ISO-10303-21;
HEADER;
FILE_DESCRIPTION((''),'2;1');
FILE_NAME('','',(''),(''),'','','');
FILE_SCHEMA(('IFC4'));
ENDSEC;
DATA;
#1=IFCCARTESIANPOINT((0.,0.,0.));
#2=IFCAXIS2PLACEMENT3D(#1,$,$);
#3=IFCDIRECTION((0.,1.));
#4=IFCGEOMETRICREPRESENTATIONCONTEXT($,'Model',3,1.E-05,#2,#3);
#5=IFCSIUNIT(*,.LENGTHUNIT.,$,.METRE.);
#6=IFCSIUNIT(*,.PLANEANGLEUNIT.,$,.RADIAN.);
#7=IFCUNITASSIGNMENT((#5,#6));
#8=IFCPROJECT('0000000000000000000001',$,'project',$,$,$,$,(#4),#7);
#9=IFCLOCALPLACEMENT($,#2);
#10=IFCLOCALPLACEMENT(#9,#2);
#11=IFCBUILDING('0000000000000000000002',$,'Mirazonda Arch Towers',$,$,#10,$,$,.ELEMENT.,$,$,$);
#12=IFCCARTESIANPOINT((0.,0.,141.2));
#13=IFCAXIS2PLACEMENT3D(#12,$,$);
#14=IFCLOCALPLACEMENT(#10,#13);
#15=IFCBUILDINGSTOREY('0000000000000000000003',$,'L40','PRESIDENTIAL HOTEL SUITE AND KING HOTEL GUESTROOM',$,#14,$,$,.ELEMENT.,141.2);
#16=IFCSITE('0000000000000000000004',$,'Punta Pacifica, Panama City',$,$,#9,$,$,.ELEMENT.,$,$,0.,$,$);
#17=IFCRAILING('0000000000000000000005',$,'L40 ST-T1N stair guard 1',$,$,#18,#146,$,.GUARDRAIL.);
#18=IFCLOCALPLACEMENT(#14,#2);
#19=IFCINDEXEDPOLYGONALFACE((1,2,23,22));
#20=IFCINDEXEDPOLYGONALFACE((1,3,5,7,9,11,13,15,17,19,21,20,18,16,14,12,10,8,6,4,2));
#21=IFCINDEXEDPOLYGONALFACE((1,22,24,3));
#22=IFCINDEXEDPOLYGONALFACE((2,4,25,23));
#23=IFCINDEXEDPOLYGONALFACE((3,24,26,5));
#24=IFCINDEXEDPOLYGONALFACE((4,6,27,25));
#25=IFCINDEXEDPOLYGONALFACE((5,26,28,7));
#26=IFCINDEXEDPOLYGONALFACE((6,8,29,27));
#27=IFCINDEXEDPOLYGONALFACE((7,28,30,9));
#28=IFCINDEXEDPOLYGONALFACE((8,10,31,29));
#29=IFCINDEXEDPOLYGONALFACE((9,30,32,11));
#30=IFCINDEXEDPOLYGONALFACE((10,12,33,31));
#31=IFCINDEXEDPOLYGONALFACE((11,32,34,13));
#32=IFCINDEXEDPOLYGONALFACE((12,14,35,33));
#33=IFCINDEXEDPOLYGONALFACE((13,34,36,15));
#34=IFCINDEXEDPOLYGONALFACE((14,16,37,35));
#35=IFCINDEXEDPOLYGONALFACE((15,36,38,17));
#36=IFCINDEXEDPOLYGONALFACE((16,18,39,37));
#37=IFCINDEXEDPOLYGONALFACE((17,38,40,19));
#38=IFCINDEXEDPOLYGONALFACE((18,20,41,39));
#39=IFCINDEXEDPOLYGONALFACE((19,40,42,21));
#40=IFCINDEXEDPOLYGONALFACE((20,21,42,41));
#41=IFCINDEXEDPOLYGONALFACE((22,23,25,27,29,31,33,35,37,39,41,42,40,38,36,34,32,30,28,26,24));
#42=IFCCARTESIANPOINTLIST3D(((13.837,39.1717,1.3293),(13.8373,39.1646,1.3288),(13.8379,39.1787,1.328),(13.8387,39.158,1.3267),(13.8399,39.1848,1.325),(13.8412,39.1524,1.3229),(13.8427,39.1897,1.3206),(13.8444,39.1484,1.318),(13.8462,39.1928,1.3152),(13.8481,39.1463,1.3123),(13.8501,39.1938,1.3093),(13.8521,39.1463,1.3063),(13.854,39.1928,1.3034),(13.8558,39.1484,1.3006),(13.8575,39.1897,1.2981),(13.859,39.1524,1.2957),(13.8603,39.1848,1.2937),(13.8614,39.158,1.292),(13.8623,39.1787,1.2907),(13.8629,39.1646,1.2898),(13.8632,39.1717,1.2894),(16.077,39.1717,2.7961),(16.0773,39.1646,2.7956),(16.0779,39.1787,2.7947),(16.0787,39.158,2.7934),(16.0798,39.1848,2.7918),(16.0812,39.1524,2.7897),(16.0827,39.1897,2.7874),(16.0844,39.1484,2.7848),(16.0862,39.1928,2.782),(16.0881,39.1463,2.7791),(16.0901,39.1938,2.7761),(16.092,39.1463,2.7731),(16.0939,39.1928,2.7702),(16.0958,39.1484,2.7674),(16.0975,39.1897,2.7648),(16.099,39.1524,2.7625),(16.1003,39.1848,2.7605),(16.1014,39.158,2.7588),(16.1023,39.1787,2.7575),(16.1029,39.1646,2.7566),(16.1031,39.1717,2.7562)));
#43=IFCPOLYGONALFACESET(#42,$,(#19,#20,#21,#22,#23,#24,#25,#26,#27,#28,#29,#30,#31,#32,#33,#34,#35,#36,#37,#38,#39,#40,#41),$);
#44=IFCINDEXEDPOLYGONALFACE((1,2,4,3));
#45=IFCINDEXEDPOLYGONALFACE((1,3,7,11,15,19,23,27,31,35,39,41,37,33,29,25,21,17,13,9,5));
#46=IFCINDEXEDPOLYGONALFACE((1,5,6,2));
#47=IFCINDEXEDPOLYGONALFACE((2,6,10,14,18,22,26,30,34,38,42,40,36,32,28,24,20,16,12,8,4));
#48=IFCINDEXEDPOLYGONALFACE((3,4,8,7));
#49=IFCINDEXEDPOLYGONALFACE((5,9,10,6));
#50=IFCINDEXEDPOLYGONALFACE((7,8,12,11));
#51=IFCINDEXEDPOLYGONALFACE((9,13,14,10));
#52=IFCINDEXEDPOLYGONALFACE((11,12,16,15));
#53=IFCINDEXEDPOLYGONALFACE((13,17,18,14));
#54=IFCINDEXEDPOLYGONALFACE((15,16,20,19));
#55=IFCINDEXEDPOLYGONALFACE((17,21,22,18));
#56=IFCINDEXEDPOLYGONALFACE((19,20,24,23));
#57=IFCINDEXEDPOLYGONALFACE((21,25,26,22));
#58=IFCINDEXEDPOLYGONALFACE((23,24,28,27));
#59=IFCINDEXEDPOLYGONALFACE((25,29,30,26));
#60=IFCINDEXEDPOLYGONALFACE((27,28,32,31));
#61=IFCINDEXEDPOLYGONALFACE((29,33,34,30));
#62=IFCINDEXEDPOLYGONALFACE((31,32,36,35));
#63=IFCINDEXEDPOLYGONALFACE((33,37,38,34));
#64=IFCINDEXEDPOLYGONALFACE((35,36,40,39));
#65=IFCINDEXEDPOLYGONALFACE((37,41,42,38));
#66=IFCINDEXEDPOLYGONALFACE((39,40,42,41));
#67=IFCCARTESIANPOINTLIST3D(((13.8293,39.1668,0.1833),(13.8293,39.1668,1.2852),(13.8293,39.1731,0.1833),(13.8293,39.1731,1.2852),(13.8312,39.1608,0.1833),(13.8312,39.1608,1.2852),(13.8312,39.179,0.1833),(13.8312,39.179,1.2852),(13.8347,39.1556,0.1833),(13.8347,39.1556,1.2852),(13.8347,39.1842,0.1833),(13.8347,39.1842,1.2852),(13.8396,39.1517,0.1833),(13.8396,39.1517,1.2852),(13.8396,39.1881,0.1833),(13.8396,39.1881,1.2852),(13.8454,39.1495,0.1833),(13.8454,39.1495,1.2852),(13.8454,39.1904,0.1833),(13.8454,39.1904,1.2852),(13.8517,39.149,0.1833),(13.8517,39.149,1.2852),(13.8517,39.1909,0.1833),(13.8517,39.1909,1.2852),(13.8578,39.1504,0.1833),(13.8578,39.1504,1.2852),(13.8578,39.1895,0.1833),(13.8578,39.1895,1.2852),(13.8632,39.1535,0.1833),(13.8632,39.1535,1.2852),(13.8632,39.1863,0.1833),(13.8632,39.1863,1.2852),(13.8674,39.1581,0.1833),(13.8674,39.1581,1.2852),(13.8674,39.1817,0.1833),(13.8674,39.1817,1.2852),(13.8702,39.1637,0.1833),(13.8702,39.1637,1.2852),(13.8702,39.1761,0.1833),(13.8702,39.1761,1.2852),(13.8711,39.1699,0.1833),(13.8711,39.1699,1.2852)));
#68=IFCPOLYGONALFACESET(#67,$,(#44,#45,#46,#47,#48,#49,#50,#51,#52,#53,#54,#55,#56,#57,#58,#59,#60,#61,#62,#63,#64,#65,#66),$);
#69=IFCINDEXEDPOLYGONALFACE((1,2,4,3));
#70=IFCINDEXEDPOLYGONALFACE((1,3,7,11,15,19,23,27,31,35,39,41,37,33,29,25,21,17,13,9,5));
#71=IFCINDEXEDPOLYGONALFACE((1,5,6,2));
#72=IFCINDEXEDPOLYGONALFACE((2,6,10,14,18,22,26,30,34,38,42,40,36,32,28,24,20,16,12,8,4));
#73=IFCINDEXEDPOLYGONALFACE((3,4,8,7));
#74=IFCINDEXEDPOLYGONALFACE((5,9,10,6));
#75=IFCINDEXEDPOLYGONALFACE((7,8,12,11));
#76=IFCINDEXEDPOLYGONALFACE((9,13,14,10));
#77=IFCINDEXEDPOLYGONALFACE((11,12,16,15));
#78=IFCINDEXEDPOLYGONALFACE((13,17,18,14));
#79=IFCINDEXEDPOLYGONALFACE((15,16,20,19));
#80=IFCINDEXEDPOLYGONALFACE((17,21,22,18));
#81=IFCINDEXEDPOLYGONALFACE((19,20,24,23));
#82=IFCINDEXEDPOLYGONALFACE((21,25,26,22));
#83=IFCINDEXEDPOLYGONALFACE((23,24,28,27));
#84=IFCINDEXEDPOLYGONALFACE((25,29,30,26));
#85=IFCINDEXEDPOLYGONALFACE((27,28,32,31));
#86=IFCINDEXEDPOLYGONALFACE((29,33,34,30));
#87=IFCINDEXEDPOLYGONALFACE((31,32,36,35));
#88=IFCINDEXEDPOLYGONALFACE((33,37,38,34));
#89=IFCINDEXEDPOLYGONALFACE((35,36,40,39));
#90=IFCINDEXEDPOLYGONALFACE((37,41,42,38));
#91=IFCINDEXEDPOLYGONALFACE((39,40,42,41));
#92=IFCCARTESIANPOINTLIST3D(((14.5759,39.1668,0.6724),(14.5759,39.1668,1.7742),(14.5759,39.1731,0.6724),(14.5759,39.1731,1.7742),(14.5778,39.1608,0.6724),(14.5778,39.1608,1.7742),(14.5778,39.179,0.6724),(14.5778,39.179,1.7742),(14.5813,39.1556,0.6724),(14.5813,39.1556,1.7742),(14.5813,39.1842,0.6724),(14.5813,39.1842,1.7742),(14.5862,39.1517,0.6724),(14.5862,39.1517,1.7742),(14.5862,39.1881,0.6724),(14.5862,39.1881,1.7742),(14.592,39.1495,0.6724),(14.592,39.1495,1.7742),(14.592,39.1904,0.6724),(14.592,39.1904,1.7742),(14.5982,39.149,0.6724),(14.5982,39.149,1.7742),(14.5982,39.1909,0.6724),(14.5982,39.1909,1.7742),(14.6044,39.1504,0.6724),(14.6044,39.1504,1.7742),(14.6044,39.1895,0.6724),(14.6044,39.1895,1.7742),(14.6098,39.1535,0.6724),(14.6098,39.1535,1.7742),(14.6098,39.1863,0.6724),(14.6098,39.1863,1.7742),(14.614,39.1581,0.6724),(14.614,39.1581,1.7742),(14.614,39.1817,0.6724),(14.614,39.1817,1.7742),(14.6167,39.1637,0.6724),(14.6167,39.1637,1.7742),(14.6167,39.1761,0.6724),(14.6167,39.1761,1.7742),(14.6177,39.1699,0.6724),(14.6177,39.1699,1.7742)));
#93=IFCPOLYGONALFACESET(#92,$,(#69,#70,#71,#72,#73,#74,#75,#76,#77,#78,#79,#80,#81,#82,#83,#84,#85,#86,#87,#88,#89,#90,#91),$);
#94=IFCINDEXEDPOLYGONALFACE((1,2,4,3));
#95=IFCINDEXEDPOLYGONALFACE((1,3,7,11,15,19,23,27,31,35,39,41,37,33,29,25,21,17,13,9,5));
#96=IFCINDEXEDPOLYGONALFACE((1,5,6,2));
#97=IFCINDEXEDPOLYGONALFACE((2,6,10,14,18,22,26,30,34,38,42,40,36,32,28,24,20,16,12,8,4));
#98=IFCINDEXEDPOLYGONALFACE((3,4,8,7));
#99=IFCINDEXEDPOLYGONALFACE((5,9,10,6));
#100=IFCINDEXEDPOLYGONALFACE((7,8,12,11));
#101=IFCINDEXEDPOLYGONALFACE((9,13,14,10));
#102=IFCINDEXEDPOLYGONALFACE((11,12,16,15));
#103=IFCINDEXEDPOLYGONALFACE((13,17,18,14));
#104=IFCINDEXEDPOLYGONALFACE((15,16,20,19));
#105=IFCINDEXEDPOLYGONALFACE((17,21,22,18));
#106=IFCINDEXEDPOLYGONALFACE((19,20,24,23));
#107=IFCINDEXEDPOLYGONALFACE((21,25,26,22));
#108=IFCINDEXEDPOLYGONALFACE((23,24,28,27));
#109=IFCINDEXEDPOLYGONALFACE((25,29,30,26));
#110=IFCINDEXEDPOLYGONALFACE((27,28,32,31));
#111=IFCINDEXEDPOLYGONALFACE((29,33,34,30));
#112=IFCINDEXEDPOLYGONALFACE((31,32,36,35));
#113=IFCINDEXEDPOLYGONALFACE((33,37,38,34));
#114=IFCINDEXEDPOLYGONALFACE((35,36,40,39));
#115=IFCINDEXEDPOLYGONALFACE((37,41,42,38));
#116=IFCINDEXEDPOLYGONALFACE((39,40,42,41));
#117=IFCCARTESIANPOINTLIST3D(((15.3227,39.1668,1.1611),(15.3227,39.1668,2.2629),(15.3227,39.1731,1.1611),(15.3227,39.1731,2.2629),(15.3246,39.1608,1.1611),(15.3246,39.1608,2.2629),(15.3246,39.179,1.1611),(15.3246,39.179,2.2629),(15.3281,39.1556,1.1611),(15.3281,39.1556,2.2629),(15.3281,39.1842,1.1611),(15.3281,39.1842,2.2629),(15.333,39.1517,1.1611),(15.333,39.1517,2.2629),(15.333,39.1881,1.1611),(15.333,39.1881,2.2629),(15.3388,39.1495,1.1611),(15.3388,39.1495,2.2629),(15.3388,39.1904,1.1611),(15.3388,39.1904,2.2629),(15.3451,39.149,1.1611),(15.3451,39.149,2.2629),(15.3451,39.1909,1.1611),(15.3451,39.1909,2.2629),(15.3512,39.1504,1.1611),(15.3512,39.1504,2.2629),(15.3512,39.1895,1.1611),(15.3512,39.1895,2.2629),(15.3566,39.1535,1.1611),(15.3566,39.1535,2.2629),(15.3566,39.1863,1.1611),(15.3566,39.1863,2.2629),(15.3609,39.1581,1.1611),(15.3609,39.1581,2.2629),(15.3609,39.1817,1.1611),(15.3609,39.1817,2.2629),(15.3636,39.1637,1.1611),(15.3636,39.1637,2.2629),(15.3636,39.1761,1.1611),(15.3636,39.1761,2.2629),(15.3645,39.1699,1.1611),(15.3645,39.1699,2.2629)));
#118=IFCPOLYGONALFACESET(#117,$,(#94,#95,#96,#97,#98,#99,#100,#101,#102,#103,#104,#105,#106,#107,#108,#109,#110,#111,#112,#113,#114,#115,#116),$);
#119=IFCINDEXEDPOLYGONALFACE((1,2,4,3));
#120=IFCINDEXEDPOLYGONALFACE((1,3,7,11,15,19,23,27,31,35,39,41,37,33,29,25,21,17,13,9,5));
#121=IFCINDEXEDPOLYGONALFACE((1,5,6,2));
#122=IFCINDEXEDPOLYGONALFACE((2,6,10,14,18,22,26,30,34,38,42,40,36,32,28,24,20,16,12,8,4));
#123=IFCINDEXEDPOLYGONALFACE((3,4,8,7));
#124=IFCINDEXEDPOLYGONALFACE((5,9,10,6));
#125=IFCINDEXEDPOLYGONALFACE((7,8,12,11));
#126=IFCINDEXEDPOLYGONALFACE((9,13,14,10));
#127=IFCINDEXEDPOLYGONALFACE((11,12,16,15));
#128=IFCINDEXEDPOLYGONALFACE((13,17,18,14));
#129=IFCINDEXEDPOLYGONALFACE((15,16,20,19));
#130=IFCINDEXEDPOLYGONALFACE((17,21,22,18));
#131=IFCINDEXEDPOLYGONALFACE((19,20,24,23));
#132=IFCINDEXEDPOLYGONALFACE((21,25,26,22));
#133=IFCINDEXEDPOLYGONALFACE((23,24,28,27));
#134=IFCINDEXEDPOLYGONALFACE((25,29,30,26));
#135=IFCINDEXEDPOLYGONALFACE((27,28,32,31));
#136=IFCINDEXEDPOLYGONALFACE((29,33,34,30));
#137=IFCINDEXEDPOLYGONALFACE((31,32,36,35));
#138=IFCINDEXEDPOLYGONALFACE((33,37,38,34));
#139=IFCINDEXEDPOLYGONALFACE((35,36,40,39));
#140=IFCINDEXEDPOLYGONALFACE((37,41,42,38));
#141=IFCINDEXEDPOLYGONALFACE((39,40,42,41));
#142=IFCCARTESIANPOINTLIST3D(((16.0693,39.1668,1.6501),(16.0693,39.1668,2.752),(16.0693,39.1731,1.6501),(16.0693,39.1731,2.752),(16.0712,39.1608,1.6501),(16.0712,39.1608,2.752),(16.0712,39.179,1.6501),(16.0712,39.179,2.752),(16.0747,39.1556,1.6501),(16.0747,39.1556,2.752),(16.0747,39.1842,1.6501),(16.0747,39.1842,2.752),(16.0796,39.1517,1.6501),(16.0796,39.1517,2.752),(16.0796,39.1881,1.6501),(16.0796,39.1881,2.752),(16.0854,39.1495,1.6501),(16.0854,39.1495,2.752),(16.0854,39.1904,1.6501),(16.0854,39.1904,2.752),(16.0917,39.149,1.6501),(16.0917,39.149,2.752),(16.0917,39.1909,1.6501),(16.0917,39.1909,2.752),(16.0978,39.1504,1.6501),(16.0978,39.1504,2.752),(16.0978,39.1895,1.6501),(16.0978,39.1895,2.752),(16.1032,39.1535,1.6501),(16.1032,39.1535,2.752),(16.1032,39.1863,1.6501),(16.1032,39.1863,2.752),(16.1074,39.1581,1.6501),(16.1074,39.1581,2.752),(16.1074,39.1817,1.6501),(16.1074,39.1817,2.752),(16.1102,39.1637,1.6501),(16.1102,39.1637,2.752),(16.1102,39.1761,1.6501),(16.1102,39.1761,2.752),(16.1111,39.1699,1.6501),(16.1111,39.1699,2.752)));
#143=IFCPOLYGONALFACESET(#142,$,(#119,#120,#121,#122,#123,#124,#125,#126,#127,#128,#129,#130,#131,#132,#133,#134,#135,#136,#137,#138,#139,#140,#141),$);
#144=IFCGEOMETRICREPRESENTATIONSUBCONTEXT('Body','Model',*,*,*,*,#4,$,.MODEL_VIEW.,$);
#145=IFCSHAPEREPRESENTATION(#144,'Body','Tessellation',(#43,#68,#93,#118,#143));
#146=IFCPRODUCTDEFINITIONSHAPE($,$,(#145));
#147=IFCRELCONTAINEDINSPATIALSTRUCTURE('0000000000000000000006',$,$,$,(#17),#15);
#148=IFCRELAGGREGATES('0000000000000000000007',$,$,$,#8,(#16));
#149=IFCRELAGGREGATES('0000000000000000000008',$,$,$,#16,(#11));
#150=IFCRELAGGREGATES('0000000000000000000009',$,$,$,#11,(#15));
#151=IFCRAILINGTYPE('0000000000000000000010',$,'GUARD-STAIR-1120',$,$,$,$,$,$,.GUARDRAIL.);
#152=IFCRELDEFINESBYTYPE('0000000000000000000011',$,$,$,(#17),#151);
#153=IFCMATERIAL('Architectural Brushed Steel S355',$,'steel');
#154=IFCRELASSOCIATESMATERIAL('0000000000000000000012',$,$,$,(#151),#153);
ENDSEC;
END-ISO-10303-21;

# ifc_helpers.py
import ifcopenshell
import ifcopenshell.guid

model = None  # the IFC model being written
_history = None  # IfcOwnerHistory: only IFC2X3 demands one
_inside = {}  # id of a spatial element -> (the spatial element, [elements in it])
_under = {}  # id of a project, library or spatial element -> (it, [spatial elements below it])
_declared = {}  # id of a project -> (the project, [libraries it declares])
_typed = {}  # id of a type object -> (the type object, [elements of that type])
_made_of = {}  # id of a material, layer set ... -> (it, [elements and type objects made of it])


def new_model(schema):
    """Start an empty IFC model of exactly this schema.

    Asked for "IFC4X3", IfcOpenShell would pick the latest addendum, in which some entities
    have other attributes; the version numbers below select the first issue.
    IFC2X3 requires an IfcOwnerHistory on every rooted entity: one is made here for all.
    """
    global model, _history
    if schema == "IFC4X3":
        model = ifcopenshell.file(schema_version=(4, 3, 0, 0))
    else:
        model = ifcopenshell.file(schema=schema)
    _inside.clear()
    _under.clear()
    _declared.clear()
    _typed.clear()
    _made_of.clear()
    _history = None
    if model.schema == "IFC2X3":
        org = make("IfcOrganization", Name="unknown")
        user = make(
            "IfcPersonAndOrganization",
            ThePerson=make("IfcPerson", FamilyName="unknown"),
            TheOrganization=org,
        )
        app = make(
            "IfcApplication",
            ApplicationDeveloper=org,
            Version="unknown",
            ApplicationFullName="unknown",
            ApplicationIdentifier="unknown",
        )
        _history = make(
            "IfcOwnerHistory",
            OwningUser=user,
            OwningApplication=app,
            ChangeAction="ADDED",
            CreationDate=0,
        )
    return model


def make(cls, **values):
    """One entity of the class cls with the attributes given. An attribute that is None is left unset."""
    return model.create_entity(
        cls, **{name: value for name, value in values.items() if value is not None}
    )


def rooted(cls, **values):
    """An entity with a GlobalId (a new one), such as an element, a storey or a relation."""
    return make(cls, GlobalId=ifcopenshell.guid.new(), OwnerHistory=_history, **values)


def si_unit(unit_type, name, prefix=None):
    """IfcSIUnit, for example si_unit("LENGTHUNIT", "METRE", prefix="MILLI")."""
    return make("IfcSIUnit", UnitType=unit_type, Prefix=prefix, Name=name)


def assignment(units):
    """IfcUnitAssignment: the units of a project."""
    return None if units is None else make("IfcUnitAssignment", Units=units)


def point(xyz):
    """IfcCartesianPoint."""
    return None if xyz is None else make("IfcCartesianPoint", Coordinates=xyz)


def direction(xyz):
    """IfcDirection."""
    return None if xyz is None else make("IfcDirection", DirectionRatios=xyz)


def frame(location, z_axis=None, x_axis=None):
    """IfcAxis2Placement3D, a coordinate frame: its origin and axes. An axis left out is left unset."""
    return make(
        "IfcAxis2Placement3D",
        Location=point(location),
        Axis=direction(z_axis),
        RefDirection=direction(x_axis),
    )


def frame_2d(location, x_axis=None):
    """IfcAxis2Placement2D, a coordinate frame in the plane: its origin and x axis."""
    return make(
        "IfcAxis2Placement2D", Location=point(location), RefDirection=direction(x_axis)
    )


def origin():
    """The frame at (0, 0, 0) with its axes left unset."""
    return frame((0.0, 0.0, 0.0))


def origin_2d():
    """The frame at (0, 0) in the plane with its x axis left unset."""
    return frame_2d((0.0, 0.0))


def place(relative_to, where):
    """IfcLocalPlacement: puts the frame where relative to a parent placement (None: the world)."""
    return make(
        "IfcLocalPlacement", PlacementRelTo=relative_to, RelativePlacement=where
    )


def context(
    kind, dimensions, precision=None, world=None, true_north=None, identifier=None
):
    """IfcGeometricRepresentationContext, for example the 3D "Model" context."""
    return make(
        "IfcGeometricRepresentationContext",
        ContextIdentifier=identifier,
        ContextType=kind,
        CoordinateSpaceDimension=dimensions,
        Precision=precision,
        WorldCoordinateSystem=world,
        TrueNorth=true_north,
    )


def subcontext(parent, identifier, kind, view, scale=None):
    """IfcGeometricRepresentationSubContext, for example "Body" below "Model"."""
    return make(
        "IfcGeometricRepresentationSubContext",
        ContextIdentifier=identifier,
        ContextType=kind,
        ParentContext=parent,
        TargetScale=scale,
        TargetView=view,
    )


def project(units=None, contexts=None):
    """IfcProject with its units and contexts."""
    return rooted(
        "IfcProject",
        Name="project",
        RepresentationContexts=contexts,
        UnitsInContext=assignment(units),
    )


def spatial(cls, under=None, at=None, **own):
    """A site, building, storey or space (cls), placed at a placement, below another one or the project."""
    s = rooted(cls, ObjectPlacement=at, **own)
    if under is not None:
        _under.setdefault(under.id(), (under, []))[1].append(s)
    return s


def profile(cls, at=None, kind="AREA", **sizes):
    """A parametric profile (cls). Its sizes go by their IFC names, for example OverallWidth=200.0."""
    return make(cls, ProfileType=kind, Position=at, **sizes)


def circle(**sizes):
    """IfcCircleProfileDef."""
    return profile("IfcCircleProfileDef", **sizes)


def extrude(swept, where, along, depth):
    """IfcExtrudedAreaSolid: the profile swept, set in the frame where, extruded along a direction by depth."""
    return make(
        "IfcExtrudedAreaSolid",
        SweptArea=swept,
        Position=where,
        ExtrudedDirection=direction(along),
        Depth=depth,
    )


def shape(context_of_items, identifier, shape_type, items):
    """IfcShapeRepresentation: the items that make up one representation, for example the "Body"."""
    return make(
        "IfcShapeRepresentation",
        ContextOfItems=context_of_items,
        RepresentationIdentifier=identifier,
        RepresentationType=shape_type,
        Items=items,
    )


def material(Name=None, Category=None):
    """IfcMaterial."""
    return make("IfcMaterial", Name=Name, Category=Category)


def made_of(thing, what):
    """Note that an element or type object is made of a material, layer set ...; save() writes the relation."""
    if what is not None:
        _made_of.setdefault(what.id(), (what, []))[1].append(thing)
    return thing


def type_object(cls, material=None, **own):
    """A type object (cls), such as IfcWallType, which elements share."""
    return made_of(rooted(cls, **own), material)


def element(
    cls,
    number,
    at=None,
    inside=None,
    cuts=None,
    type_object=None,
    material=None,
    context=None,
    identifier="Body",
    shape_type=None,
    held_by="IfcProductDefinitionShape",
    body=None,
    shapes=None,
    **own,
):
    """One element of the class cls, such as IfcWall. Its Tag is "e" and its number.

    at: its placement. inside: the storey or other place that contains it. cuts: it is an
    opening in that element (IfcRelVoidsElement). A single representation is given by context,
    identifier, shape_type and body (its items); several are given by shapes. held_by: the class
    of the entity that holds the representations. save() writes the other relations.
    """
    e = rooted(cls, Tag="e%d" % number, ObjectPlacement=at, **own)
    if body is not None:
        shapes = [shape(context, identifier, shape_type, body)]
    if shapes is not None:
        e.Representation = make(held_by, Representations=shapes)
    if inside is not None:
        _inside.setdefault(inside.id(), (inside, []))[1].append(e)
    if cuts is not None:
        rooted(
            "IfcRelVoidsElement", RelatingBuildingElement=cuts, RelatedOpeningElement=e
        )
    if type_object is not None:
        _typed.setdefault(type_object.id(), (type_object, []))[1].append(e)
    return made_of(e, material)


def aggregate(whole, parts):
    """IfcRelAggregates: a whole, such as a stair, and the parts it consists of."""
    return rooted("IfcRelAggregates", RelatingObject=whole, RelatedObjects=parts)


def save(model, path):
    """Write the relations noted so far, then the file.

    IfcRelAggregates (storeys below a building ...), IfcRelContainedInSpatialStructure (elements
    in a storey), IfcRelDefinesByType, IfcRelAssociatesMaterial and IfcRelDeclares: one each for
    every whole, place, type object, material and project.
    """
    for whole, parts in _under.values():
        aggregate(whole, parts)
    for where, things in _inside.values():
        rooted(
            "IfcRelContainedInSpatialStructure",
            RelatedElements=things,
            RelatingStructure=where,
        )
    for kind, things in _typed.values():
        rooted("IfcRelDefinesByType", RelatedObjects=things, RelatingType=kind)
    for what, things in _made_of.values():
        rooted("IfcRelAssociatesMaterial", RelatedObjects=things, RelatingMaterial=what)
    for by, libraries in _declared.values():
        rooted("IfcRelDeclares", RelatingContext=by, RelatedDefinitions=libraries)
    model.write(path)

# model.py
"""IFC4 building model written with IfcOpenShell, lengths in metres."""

from ifc_helpers import new_model, si_unit, direction, frame, origin, origin_2d, place, context, subcontext, project, spatial, circle, extrude, material, type_object, element, save


model = new_model("IFC4")

# Units and contexts
model_context = context("Model", 3, precision=1e-05, world=origin(), true_north=direction((0.0, 1.0)))
body_context = subcontext(model_context, "Body", "Model", "MODEL_VIEW")
ifc_project = project(units=[si_unit("LENGTHUNIT", "METRE"), si_unit("PLANEANGLEUNIT", "RADIAN")], contexts=[model_context])

# Site, building, storey
site_placement = place(None, origin())
site = spatial("IfcSite", under=ifc_project, at=site_placement, Name="Punta Pacifica, Panama City", CompositionType="ELEMENT", RefElevation=0.0)
building_placement = place(site_placement, origin())
building = spatial("IfcBuilding", under=site, at=building_placement, Name="Mirazonda Arch Towers", CompositionType="ELEMENT")
storey_placement = place(building_placement, frame((0.0, 0.0, 141.2)))
storey = spatial("IfcBuildingStorey", under=building, at=storey_placement, Name="L40", Description="PRESIDENTIAL HOTEL SUITE AND KING HOTEL GUESTROOM", CompositionType="ELEMENT", Elevation=141.2)

# Shared definitions
ifc_material_1 = material(Name="Architectural Brushed Steel S355", Category="steel")

# Railing
railing_type_1 = type_object("IfcRailingType", Name="GUARD-STAIR-1120", PredefinedType="GUARDRAIL", material=ifc_material_1)
railing_1_placement = place(storey_placement, frame((13.8501, 39.1699, 0.1833)))
element("IfcRailing", 1, at=railing_1_placement, inside=storey, type_object=railing_type_1, Name="L40 ST-T1N stair guard 1", PredefinedType="GUARDRAIL", context=body_context, shape_type="SweptSolid", body=[
    extrude(circle(Radius=0.0239, at=origin_2d()), frame((0.0, 0.0, 1.126), z_axis=(0.836595, 0.0, 0.547822), x_axis=(0.0, 1.0, 0.0)), (0.0, 0.0, 1.0), 2.6775),
    extrude(circle(Radius=0.021, at=origin_2d()), origin(), (0.0, 0.0, 1.0), 1.1018),
    extrude(circle(Radius=0.021, at=origin_2d()), frame((0.7466, 0.0, 0.489)), (0.0, 0.0, 1.0), 1.1018),
    extrude(circle(Radius=0.021, at=origin_2d()), frame((1.4934, 0.0, 0.9778)), (0.0, 0.0, 1.0), 1.1018),
    extrude(circle(Radius=0.021, at=origin_2d()), frame((2.24, 0.0, 1.4668)), (0.0, 0.0, 1.0), 1.1018),
])

save(model, "model.ifc")
